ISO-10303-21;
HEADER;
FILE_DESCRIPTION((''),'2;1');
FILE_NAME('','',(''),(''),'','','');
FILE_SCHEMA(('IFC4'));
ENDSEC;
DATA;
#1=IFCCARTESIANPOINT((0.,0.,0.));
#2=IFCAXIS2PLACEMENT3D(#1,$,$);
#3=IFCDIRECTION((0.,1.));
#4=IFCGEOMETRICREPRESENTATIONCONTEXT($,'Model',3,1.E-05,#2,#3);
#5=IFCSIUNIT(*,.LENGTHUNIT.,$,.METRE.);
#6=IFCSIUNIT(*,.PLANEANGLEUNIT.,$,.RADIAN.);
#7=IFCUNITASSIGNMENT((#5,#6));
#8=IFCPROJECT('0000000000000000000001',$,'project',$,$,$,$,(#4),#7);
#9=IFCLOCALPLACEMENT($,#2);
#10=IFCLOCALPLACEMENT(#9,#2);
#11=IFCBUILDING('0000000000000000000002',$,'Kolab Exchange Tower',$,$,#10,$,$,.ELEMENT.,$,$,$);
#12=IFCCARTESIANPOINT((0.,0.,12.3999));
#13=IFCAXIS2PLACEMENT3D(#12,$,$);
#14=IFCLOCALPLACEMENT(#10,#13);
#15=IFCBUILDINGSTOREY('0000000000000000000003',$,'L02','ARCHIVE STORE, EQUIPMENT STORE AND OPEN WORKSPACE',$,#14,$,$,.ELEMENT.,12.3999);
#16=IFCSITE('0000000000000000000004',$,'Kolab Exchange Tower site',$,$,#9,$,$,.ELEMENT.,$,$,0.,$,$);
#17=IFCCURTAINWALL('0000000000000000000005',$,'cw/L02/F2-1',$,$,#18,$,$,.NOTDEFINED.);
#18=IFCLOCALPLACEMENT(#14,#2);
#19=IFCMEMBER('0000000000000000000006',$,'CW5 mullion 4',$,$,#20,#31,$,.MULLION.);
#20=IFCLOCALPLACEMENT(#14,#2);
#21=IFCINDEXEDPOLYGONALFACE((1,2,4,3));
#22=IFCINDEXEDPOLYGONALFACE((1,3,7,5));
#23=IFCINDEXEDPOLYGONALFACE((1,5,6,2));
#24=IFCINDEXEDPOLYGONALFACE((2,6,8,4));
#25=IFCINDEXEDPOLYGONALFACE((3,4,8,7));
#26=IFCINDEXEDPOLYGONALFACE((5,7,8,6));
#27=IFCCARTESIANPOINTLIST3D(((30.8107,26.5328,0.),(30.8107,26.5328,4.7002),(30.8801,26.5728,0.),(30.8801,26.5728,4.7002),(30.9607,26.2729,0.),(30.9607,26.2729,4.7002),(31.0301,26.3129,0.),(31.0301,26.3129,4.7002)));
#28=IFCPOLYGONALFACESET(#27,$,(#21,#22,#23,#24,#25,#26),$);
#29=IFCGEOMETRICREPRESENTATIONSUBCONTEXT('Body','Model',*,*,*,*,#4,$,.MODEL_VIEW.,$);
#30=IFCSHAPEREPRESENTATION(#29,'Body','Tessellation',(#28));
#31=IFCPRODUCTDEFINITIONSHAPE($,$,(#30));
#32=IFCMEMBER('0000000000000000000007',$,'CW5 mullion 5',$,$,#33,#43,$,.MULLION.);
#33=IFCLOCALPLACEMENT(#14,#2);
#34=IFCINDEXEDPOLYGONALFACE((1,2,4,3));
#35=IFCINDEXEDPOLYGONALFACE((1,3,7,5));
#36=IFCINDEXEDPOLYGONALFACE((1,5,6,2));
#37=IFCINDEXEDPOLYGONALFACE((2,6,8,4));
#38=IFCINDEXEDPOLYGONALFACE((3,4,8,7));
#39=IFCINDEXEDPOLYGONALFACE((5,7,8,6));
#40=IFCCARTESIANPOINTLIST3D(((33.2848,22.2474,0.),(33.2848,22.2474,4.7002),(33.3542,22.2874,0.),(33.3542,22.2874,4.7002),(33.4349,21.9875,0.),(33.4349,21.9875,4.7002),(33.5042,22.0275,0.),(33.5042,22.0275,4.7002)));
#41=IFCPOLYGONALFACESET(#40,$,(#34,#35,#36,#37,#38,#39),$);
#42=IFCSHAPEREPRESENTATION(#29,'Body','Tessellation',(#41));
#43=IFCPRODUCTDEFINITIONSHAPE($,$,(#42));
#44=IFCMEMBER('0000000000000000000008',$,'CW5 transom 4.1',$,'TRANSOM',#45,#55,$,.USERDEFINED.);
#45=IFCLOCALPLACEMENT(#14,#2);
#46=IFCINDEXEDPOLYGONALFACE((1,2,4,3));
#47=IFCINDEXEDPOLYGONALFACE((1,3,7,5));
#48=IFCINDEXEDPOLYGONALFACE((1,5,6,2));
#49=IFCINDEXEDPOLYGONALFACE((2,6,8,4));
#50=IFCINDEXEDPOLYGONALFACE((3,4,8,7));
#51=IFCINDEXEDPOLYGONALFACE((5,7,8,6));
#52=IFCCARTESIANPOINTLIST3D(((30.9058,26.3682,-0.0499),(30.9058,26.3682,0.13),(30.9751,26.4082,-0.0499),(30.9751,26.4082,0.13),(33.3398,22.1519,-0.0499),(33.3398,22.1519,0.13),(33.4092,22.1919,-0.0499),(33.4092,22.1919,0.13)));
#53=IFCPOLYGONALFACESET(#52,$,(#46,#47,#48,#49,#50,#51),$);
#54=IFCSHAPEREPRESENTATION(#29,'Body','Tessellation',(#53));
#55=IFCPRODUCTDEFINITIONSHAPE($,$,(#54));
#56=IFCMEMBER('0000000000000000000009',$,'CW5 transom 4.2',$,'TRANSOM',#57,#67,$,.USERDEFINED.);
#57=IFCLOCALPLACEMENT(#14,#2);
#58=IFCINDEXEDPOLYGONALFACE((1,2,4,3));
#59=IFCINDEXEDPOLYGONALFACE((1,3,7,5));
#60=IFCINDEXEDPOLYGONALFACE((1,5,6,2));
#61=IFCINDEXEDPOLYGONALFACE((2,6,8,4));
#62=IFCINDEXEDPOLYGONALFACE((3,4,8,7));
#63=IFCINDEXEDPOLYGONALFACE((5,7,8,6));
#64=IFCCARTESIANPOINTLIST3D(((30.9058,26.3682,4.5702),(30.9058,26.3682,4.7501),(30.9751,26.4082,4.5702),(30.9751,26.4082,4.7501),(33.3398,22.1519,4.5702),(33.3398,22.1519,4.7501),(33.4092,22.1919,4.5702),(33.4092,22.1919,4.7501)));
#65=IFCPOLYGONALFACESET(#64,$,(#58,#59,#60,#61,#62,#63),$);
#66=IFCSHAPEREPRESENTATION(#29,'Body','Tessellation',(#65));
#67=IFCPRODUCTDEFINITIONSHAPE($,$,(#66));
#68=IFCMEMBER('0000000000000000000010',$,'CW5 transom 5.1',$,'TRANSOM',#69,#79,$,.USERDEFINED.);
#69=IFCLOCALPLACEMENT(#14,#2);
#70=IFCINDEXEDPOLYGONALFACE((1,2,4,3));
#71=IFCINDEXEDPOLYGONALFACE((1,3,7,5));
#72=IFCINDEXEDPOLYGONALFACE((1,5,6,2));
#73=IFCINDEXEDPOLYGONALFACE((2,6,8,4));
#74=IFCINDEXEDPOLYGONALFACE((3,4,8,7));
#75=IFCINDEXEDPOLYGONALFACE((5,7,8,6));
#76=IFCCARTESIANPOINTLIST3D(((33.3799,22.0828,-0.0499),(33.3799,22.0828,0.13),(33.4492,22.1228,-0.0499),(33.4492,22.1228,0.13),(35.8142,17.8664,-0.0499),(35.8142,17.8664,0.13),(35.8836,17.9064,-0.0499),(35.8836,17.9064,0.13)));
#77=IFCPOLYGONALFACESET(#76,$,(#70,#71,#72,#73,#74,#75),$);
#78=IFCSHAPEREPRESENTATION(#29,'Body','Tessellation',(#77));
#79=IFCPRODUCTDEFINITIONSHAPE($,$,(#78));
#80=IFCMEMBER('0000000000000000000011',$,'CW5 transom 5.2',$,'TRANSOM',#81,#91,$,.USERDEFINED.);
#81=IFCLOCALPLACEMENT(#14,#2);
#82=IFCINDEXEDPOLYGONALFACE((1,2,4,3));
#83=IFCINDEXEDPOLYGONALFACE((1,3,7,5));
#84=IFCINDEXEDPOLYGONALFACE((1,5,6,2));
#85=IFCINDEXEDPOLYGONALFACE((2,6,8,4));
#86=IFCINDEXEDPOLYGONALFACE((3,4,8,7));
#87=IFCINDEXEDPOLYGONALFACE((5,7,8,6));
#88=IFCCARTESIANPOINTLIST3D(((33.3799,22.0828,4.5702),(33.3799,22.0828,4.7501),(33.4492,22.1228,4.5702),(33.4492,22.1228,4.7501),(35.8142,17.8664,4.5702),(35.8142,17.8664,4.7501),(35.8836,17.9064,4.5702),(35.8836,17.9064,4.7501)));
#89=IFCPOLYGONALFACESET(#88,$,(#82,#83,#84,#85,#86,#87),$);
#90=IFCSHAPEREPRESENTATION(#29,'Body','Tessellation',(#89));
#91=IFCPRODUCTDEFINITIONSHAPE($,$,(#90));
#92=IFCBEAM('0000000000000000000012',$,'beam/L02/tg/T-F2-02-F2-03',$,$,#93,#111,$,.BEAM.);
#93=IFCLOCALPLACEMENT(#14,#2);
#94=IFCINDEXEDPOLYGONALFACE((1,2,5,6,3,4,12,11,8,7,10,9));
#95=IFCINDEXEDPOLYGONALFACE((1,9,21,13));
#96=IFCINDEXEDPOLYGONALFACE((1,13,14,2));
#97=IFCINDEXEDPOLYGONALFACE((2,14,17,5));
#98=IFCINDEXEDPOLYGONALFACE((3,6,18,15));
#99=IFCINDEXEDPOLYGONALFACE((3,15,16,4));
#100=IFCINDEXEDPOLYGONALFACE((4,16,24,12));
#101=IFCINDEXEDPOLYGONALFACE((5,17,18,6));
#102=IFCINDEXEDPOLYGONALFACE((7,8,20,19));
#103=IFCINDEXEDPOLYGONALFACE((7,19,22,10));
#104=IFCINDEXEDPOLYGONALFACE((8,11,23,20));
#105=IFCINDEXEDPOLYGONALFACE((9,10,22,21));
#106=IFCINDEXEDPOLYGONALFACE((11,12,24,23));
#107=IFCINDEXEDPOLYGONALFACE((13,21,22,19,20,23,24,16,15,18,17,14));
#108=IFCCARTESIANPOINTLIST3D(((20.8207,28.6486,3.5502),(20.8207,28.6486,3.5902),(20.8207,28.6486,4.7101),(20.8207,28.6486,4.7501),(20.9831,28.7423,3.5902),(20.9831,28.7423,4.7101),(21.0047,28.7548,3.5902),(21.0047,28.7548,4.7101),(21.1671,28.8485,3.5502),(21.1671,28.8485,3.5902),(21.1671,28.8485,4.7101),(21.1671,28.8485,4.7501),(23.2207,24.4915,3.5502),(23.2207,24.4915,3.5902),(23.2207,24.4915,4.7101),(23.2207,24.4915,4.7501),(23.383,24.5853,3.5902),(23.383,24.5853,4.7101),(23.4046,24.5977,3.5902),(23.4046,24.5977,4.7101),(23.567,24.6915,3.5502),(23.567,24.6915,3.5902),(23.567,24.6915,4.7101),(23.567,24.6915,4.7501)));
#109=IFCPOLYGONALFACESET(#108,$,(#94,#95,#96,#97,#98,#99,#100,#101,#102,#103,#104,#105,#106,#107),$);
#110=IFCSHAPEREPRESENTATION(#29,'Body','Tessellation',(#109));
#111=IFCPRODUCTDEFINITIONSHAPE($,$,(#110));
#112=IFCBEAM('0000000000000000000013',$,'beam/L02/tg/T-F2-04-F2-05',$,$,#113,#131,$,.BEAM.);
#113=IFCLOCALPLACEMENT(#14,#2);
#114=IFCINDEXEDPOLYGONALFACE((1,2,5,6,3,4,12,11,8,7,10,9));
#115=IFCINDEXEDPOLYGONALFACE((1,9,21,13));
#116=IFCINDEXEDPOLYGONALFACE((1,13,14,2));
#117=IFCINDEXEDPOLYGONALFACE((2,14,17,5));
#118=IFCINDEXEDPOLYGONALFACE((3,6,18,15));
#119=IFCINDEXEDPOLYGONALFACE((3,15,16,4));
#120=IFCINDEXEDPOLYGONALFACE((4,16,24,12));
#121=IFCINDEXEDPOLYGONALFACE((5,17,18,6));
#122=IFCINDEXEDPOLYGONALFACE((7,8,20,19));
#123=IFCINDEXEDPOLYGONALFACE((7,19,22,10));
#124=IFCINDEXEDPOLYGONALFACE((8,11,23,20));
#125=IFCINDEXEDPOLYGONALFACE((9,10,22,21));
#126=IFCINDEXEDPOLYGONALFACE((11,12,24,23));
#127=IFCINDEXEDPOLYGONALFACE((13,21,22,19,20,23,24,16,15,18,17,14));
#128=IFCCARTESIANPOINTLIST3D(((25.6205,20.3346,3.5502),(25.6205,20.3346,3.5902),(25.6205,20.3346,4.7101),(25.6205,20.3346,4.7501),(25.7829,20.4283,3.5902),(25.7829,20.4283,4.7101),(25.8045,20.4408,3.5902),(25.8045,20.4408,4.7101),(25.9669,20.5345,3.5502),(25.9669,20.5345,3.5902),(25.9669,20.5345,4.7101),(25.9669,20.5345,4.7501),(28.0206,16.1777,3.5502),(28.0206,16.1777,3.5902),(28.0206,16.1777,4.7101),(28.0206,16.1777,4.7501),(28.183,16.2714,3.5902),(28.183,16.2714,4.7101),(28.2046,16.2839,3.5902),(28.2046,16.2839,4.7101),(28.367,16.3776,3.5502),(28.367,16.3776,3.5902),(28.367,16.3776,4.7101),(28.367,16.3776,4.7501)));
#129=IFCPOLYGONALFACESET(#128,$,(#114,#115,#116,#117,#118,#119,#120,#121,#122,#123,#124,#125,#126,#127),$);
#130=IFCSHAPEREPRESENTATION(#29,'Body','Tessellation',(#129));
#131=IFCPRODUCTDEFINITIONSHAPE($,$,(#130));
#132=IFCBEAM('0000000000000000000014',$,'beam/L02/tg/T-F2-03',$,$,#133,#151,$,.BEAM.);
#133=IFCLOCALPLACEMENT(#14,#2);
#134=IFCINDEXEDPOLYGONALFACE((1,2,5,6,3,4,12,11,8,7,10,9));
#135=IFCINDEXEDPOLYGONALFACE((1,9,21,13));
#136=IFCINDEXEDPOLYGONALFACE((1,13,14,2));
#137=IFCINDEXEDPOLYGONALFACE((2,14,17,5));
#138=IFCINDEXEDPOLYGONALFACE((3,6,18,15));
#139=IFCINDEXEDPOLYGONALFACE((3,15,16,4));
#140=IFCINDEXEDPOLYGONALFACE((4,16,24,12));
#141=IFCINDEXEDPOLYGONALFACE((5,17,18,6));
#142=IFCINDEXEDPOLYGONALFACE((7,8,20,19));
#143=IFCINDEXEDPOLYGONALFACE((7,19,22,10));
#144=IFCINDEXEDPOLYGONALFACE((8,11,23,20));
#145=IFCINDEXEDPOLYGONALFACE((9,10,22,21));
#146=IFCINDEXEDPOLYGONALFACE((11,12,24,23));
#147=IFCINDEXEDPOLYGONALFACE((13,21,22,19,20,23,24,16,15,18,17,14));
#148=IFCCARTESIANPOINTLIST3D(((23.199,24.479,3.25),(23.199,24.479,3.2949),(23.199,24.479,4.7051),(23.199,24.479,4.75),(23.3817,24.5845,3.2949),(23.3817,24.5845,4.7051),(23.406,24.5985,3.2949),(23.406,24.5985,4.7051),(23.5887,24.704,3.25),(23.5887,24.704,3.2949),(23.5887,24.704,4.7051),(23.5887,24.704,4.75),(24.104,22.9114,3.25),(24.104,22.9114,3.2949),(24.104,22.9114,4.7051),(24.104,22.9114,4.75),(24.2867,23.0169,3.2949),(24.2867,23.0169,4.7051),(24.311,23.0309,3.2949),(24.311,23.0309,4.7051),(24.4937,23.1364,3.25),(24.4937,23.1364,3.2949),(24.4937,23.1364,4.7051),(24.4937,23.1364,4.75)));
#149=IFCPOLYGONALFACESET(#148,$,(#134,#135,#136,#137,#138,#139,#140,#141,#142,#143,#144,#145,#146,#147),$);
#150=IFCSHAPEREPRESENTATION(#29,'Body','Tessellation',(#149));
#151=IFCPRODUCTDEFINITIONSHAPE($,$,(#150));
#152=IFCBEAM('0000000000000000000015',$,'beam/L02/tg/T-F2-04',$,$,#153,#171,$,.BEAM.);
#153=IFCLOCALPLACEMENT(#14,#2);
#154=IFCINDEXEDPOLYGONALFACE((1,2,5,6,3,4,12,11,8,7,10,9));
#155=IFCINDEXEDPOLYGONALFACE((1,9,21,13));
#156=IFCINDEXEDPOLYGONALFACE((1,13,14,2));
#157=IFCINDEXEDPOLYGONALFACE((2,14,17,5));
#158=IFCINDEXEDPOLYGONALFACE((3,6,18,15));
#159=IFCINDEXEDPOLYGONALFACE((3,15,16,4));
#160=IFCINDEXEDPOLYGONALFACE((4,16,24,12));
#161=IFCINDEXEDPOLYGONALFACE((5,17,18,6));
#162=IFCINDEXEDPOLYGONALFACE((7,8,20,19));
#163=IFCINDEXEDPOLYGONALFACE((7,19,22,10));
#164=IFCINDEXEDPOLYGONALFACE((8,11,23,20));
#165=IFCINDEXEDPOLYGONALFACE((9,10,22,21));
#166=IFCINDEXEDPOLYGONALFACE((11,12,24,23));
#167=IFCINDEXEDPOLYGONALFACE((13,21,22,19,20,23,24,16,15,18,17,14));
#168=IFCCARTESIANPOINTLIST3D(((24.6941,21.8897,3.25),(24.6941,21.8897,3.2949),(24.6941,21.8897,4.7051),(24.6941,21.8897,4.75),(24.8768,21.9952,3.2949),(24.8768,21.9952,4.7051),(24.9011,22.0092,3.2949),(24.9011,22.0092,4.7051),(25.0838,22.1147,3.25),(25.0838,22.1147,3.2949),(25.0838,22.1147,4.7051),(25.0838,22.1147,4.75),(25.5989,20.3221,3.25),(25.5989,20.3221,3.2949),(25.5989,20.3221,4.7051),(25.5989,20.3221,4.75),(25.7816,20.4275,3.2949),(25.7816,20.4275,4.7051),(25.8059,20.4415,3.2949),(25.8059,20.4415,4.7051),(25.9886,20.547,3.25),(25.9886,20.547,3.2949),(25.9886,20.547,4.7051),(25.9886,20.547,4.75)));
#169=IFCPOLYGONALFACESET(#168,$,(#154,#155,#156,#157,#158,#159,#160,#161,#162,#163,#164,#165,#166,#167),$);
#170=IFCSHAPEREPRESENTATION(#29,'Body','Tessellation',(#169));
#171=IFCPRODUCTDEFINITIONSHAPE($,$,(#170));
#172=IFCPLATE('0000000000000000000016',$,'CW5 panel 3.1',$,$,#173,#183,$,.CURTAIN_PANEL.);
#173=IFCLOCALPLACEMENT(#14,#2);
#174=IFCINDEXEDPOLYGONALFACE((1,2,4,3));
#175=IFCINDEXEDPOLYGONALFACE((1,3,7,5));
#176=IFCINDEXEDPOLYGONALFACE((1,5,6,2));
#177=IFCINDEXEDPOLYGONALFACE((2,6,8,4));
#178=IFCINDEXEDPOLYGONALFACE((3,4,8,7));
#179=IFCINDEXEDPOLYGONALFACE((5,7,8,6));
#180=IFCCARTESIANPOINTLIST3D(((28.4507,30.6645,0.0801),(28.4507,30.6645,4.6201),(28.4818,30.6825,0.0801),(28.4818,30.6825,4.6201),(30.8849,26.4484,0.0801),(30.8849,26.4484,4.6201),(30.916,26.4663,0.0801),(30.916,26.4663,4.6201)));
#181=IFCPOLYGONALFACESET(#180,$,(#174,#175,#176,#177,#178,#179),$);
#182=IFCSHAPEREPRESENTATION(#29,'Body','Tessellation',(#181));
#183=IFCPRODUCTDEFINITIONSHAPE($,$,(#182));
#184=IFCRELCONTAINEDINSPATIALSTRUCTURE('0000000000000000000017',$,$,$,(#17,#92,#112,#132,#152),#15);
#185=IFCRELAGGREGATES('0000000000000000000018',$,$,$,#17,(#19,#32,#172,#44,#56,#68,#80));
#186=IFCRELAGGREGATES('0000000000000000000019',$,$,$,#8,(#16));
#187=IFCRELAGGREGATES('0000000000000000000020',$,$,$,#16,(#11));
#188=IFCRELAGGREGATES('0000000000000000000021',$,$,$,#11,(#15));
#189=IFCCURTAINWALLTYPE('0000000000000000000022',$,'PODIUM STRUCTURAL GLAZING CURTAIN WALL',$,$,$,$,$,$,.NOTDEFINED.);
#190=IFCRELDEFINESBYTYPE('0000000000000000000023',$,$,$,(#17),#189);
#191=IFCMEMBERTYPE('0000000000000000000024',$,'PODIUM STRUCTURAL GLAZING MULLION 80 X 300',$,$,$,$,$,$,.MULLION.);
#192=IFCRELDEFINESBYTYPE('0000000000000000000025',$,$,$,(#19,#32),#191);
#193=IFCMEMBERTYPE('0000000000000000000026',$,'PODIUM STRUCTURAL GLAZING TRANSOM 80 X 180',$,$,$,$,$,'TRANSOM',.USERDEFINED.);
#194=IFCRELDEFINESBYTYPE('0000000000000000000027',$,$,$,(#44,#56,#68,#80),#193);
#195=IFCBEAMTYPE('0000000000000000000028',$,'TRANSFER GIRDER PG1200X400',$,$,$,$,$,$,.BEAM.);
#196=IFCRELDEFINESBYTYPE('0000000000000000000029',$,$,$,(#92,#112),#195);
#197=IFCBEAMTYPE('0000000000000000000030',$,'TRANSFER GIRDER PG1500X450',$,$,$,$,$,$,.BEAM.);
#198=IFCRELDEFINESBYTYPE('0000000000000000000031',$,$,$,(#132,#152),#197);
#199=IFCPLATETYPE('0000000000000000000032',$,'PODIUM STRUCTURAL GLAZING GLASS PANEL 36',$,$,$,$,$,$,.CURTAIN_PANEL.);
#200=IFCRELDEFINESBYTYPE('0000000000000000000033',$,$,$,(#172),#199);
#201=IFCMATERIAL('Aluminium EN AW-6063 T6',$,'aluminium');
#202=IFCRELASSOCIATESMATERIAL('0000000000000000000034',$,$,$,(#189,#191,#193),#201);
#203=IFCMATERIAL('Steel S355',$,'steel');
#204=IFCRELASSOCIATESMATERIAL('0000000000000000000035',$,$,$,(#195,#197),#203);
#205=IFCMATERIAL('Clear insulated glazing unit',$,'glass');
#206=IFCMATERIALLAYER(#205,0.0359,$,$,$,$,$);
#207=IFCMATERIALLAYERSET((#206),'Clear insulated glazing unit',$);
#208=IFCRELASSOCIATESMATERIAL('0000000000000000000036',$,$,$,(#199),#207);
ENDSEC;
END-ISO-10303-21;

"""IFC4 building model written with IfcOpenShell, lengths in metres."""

from ifc_helpers import new_model, si_unit, direction, frame, origin, origin_2d, place, context, subcontext, project, spatial, rectangle, i_section, extrude, material, layer, layer_set, material_profile, profile_set, type_object, element, aggregate, save


model = new_model("IFC4")

# Units and contexts
model_context = context("Model", 3, precision=1e-05, world=origin(), true_north=direction((0.0, 1.0)))
body_context = subcontext(model_context, "Body", "Model", "MODEL_VIEW")
ifc_project = project(units=[si_unit("LENGTHUNIT", "METRE"), si_unit("PLANEANGLEUNIT", "RADIAN")], contexts=[model_context])

# Site, building, storey
site_placement = place(None, origin())
site = spatial("IfcSite", under=ifc_project, at=site_placement, Name="Kolab Exchange Tower site", CompositionType="ELEMENT", RefElevation=0.0)
building_placement = place(site_placement, origin())
building = spatial("IfcBuilding", under=site, at=building_placement, Name="Kolab Exchange Tower", CompositionType="ELEMENT")
storey_placement = place(building_placement, frame((0.0, 0.0, 12.3999)))
storey = spatial("IfcBuildingStorey", under=building, at=storey_placement, Name="L02", Description="ARCHIVE STORE, EQUIPMENT STORE AND OPEN WORKSPACE", CompositionType="ELEMENT", Elevation=12.3999)

# Shared definitions
ifc_material_1 = material(Name="Steel S355", Category="steel")

# Curtain wall, members
ifc_material_2 = material(Name="Aluminium EN AW-6063 T6", Category="aluminium")
curtain_wall_type = type_object("IfcCurtainWallType", Name="PODIUM STRUCTURAL GLAZING CURTAIN WALL", PredefinedType="NOTDEFINED", material=ifc_material_2)
curtain_wall_placement = place(storey_placement, origin())
curtain_wall = element("IfcCurtainWall", 1, at=curtain_wall_placement, inside=storey, type_object=curtain_wall_type, Name="cw/L02/F2-1", PredefinedType="NOTDEFINED")
ifc_material_profile_1 = material_profile(ifc_material_2, rectangle(XDim=0.0801, YDim=0.3, at=origin_2d()), Name="RECT 80X300")
ifc_profile_set_1 = profile_set([ifc_material_profile_1], Name="Aluminium EN AW-6063 T6")
member_type_1 = type_object("IfcMemberType", Name="PODIUM STRUCTURAL GLAZING MULLION 80 X 300", PredefinedType="MULLION", material=ifc_profile_set_1)
member_1_placement = place(storey_placement, frame((30.9204, 26.4229, 0.0), z_axis=(0.0, 0.0, 1.0), x_axis=(0.866025, 0.5, 0.0)))
member_1 = element("IfcMember", 2, at=member_1_placement, type_object=member_type_1, Name="CW5 mullion 4", PredefinedType="MULLION", context=body_context, shape_type="SweptSolid", body=[
    extrude(rectangle(XDim=0.0801, YDim=0.3, at=origin_2d()), origin(), (0.0, 0.0, 1.0), 4.7002),
])
member_2_placement = place(storey_placement, frame((33.3945, 22.1375, 0.0), z_axis=(0.0, 0.0, 1.0), x_axis=(0.866025, 0.5, 0.0)))
member_2 = element("IfcMember", 3, at=member_2_placement, type_object=member_type_1, Name="CW5 mullion 5", PredefinedType="MULLION", context=body_context, shape_type="SweptSolid", body=[
    extrude(rectangle(XDim=0.0801, YDim=0.3, at=origin_2d()), origin(), (0.0, 0.0, 1.0), 4.7002),
])
ifc_material_profile_2 = material_profile(ifc_material_2, rectangle(XDim=0.0801, YDim=0.1799, at=origin_2d()), Name="RECT 80X180")
ifc_profile_set_2 = profile_set([ifc_material_profile_2], Name="Aluminium EN AW-6063 T6")
member_type_2 = type_object("IfcMemberType", Name="PODIUM STRUCTURAL GLAZING TRANSOM 80 X 180", ElementType="TRANSOM", PredefinedType="USERDEFINED", material=ifc_profile_set_2)
member_3_placement = place(storey_placement, frame((30.9404, 26.3882, 0.04), z_axis=(0.499968, -0.866044, 0.0), x_axis=(0.866044, 0.499968, 0.0)))
member_3 = element("IfcMember", 4, at=member_3_placement, type_object=member_type_2, Name="CW5 transom 4.1", ObjectType="TRANSOM", PredefinedType="USERDEFINED", context=body_context, shape_type="SweptSolid", body=[
    extrude(rectangle(XDim=0.0801, YDim=0.1799, at=origin_2d()), origin(), (0.0, 0.0, 1.0), 4.8684),
])
member_4_placement = place(storey_placement, frame((30.9404, 26.3882, 4.6602), z_axis=(0.499968, -0.866044, 0.0), x_axis=(0.866044, 0.499968, 0.0)))
member_4 = element("IfcMember", 5, at=member_4_placement, type_object=member_type_2, Name="CW5 transom 4.2", ObjectType="TRANSOM", PredefinedType="USERDEFINED", context=body_context, shape_type="SweptSolid", body=[
    extrude(rectangle(XDim=0.0801, YDim=0.1799, at=origin_2d()), origin(), (0.0, 0.0, 1.0), 4.8684),
])
member_5_placement = place(storey_placement, frame((33.4146, 22.1028, 0.04), z_axis=(0.500006, -0.866022, 0.0), x_axis=(0.866022, 0.500006, 0.0)))
member_5 = element("IfcMember", 6, at=member_5_placement, type_object=member_type_2, Name="CW5 transom 5.1", ObjectType="TRANSOM", PredefinedType="USERDEFINED", context=body_context, shape_type="SweptSolid", body=[
    extrude(rectangle(XDim=0.0801, YDim=0.1799, at=origin_2d()), origin(), (0.0, 0.0, 1.0), 4.8687),
])
member_6_placement = place(storey_placement, frame((33.4146, 22.1028, 4.6602), z_axis=(0.500006, -0.866022, 0.0), x_axis=(0.866022, 0.500006, 0.0)))
member_6 = element("IfcMember", 7, at=member_6_placement, type_object=member_type_2, Name="CW5 transom 5.2", ObjectType="TRANSOM", PredefinedType="USERDEFINED", context=body_context, shape_type="SweptSolid", body=[
    extrude(rectangle(XDim=0.0801, YDim=0.1799, at=origin_2d()), origin(), (0.0, 0.0, 1.0), 4.8687),
])

# Beams
ifc_material_profile_3 = material_profile(ifc_material_1, i_section(OverallWidth=0.3999, OverallDepth=1.2, WebThickness=0.0249, FlangeThickness=0.04, at=origin_2d()), Name="PG1200X400")
ifc_profile_set_3 = profile_set([ifc_material_profile_3], Name="Steel S355")
beam_type_1 = type_object("IfcBeamType", Name="TRANSFER GIRDER PG1200X400", PredefinedType="BEAM", material=ifc_profile_set_3)
for number, where, z_axis, x_axis, name in (
    (8, (20.9939, 28.7485, 4.1501), (0.499979, -0.866037, 0.0), (0.866037, 0.499979, 0.0), "beam/L02/tg/T-F2-02-F2-03"),
    (9, (25.7937, 20.4346, 4.1501), (0.500017, -0.866015, 0.0), (0.866015, 0.500017, 0.0), "beam/L02/tg/T-F2-04-F2-05"),
):
    element("IfcBeam", number, at=place(storey_placement, frame(where, z_axis=z_axis, x_axis=x_axis)), inside=storey, type_object=beam_type_1, Name=name, PredefinedType="BEAM", context=body_context, shape_type="SweptSolid", body=[
        extrude(i_section(OverallWidth=0.3999, OverallDepth=1.2, WebThickness=0.0249, FlangeThickness=0.04, at=origin_2d()), origin(), (0.0, 0.0, 1.0), 4.8),
    ])
ifc_material_profile_4 = material_profile(ifc_material_1, i_section(OverallWidth=0.45, OverallDepth=1.5, WebThickness=0.0281, FlangeThickness=0.0449, at=origin_2d()), Name="PG1500X450")
ifc_profile_set_4 = profile_set([ifc_material_profile_4], Name="Steel S355")
beam_type_2 = type_object("IfcBeamType", Name="TRANSFER GIRDER PG1500X450", PredefinedType="BEAM", material=ifc_profile_set_4)
for number, where, z_axis, x_axis, name in (
    (10, (24.2988, 23.0239, 4.0), (-0.499983, 0.866035, 0.0), (-0.866035, -0.499983, 0.0), "beam/L02/tg/T-F2-03"),
    (11, (24.8889, 22.0022, 4.0), (0.499882, -0.866094, 0.0), (0.866094, 0.499882, 0.0), "beam/L02/tg/T-F2-04"),
):
    element("IfcBeam", number, at=place(storey_placement, frame(where, z_axis=z_axis, x_axis=x_axis)), inside=storey, type_object=beam_type_2, Name=name, PredefinedType="BEAM", context=body_context, shape_type="SweptSolid", body=[
        extrude(i_section(OverallWidth=0.45, OverallDepth=1.5, WebThickness=0.0281, FlangeThickness=0.0449, at=origin_2d()), origin(), (0.0, 0.0, 1.0), 1.8101),
    ])

# Plate
ifc_material_3 = material(Name="Clear insulated glazing unit", Category="glass")
ifc_layer_1 = layer(ifc_material_3, 0.0359)
ifc_layer_set_1 = layer_set([ifc_layer_1], Name="Clear insulated glazing unit")
plate_type = type_object("IfcPlateType", Name="PODIUM STRUCTURAL GLAZING GLASS PANEL 36", PredefinedType="CURTAIN_PANEL", material=ifc_layer_set_1)
plate_1_placement = place(storey_placement, frame((29.6833, 28.5654, 0.0801), z_axis=(0.0, 0.0, 1.0), x_axis=(0.5, -0.866025, 0.0)))
plate_1 = element("IfcPlate", 12, at=plate_1_placement, type_object=plate_type, Name="CW5 panel 3.1", PredefinedType="CURTAIN_PANEL", context=body_context, shape_type="SweptSolid", body=[
    extrude(rectangle(XDim=4.8684, YDim=0.0359, at=origin_2d()), origin(), (0.0, 0.0, 1.0), 4.54),
])
aggregate(curtain_wall, [member_1, member_2, plate_1, member_3, member_4, member_5, member_6])

save(model, "model.ifc")
